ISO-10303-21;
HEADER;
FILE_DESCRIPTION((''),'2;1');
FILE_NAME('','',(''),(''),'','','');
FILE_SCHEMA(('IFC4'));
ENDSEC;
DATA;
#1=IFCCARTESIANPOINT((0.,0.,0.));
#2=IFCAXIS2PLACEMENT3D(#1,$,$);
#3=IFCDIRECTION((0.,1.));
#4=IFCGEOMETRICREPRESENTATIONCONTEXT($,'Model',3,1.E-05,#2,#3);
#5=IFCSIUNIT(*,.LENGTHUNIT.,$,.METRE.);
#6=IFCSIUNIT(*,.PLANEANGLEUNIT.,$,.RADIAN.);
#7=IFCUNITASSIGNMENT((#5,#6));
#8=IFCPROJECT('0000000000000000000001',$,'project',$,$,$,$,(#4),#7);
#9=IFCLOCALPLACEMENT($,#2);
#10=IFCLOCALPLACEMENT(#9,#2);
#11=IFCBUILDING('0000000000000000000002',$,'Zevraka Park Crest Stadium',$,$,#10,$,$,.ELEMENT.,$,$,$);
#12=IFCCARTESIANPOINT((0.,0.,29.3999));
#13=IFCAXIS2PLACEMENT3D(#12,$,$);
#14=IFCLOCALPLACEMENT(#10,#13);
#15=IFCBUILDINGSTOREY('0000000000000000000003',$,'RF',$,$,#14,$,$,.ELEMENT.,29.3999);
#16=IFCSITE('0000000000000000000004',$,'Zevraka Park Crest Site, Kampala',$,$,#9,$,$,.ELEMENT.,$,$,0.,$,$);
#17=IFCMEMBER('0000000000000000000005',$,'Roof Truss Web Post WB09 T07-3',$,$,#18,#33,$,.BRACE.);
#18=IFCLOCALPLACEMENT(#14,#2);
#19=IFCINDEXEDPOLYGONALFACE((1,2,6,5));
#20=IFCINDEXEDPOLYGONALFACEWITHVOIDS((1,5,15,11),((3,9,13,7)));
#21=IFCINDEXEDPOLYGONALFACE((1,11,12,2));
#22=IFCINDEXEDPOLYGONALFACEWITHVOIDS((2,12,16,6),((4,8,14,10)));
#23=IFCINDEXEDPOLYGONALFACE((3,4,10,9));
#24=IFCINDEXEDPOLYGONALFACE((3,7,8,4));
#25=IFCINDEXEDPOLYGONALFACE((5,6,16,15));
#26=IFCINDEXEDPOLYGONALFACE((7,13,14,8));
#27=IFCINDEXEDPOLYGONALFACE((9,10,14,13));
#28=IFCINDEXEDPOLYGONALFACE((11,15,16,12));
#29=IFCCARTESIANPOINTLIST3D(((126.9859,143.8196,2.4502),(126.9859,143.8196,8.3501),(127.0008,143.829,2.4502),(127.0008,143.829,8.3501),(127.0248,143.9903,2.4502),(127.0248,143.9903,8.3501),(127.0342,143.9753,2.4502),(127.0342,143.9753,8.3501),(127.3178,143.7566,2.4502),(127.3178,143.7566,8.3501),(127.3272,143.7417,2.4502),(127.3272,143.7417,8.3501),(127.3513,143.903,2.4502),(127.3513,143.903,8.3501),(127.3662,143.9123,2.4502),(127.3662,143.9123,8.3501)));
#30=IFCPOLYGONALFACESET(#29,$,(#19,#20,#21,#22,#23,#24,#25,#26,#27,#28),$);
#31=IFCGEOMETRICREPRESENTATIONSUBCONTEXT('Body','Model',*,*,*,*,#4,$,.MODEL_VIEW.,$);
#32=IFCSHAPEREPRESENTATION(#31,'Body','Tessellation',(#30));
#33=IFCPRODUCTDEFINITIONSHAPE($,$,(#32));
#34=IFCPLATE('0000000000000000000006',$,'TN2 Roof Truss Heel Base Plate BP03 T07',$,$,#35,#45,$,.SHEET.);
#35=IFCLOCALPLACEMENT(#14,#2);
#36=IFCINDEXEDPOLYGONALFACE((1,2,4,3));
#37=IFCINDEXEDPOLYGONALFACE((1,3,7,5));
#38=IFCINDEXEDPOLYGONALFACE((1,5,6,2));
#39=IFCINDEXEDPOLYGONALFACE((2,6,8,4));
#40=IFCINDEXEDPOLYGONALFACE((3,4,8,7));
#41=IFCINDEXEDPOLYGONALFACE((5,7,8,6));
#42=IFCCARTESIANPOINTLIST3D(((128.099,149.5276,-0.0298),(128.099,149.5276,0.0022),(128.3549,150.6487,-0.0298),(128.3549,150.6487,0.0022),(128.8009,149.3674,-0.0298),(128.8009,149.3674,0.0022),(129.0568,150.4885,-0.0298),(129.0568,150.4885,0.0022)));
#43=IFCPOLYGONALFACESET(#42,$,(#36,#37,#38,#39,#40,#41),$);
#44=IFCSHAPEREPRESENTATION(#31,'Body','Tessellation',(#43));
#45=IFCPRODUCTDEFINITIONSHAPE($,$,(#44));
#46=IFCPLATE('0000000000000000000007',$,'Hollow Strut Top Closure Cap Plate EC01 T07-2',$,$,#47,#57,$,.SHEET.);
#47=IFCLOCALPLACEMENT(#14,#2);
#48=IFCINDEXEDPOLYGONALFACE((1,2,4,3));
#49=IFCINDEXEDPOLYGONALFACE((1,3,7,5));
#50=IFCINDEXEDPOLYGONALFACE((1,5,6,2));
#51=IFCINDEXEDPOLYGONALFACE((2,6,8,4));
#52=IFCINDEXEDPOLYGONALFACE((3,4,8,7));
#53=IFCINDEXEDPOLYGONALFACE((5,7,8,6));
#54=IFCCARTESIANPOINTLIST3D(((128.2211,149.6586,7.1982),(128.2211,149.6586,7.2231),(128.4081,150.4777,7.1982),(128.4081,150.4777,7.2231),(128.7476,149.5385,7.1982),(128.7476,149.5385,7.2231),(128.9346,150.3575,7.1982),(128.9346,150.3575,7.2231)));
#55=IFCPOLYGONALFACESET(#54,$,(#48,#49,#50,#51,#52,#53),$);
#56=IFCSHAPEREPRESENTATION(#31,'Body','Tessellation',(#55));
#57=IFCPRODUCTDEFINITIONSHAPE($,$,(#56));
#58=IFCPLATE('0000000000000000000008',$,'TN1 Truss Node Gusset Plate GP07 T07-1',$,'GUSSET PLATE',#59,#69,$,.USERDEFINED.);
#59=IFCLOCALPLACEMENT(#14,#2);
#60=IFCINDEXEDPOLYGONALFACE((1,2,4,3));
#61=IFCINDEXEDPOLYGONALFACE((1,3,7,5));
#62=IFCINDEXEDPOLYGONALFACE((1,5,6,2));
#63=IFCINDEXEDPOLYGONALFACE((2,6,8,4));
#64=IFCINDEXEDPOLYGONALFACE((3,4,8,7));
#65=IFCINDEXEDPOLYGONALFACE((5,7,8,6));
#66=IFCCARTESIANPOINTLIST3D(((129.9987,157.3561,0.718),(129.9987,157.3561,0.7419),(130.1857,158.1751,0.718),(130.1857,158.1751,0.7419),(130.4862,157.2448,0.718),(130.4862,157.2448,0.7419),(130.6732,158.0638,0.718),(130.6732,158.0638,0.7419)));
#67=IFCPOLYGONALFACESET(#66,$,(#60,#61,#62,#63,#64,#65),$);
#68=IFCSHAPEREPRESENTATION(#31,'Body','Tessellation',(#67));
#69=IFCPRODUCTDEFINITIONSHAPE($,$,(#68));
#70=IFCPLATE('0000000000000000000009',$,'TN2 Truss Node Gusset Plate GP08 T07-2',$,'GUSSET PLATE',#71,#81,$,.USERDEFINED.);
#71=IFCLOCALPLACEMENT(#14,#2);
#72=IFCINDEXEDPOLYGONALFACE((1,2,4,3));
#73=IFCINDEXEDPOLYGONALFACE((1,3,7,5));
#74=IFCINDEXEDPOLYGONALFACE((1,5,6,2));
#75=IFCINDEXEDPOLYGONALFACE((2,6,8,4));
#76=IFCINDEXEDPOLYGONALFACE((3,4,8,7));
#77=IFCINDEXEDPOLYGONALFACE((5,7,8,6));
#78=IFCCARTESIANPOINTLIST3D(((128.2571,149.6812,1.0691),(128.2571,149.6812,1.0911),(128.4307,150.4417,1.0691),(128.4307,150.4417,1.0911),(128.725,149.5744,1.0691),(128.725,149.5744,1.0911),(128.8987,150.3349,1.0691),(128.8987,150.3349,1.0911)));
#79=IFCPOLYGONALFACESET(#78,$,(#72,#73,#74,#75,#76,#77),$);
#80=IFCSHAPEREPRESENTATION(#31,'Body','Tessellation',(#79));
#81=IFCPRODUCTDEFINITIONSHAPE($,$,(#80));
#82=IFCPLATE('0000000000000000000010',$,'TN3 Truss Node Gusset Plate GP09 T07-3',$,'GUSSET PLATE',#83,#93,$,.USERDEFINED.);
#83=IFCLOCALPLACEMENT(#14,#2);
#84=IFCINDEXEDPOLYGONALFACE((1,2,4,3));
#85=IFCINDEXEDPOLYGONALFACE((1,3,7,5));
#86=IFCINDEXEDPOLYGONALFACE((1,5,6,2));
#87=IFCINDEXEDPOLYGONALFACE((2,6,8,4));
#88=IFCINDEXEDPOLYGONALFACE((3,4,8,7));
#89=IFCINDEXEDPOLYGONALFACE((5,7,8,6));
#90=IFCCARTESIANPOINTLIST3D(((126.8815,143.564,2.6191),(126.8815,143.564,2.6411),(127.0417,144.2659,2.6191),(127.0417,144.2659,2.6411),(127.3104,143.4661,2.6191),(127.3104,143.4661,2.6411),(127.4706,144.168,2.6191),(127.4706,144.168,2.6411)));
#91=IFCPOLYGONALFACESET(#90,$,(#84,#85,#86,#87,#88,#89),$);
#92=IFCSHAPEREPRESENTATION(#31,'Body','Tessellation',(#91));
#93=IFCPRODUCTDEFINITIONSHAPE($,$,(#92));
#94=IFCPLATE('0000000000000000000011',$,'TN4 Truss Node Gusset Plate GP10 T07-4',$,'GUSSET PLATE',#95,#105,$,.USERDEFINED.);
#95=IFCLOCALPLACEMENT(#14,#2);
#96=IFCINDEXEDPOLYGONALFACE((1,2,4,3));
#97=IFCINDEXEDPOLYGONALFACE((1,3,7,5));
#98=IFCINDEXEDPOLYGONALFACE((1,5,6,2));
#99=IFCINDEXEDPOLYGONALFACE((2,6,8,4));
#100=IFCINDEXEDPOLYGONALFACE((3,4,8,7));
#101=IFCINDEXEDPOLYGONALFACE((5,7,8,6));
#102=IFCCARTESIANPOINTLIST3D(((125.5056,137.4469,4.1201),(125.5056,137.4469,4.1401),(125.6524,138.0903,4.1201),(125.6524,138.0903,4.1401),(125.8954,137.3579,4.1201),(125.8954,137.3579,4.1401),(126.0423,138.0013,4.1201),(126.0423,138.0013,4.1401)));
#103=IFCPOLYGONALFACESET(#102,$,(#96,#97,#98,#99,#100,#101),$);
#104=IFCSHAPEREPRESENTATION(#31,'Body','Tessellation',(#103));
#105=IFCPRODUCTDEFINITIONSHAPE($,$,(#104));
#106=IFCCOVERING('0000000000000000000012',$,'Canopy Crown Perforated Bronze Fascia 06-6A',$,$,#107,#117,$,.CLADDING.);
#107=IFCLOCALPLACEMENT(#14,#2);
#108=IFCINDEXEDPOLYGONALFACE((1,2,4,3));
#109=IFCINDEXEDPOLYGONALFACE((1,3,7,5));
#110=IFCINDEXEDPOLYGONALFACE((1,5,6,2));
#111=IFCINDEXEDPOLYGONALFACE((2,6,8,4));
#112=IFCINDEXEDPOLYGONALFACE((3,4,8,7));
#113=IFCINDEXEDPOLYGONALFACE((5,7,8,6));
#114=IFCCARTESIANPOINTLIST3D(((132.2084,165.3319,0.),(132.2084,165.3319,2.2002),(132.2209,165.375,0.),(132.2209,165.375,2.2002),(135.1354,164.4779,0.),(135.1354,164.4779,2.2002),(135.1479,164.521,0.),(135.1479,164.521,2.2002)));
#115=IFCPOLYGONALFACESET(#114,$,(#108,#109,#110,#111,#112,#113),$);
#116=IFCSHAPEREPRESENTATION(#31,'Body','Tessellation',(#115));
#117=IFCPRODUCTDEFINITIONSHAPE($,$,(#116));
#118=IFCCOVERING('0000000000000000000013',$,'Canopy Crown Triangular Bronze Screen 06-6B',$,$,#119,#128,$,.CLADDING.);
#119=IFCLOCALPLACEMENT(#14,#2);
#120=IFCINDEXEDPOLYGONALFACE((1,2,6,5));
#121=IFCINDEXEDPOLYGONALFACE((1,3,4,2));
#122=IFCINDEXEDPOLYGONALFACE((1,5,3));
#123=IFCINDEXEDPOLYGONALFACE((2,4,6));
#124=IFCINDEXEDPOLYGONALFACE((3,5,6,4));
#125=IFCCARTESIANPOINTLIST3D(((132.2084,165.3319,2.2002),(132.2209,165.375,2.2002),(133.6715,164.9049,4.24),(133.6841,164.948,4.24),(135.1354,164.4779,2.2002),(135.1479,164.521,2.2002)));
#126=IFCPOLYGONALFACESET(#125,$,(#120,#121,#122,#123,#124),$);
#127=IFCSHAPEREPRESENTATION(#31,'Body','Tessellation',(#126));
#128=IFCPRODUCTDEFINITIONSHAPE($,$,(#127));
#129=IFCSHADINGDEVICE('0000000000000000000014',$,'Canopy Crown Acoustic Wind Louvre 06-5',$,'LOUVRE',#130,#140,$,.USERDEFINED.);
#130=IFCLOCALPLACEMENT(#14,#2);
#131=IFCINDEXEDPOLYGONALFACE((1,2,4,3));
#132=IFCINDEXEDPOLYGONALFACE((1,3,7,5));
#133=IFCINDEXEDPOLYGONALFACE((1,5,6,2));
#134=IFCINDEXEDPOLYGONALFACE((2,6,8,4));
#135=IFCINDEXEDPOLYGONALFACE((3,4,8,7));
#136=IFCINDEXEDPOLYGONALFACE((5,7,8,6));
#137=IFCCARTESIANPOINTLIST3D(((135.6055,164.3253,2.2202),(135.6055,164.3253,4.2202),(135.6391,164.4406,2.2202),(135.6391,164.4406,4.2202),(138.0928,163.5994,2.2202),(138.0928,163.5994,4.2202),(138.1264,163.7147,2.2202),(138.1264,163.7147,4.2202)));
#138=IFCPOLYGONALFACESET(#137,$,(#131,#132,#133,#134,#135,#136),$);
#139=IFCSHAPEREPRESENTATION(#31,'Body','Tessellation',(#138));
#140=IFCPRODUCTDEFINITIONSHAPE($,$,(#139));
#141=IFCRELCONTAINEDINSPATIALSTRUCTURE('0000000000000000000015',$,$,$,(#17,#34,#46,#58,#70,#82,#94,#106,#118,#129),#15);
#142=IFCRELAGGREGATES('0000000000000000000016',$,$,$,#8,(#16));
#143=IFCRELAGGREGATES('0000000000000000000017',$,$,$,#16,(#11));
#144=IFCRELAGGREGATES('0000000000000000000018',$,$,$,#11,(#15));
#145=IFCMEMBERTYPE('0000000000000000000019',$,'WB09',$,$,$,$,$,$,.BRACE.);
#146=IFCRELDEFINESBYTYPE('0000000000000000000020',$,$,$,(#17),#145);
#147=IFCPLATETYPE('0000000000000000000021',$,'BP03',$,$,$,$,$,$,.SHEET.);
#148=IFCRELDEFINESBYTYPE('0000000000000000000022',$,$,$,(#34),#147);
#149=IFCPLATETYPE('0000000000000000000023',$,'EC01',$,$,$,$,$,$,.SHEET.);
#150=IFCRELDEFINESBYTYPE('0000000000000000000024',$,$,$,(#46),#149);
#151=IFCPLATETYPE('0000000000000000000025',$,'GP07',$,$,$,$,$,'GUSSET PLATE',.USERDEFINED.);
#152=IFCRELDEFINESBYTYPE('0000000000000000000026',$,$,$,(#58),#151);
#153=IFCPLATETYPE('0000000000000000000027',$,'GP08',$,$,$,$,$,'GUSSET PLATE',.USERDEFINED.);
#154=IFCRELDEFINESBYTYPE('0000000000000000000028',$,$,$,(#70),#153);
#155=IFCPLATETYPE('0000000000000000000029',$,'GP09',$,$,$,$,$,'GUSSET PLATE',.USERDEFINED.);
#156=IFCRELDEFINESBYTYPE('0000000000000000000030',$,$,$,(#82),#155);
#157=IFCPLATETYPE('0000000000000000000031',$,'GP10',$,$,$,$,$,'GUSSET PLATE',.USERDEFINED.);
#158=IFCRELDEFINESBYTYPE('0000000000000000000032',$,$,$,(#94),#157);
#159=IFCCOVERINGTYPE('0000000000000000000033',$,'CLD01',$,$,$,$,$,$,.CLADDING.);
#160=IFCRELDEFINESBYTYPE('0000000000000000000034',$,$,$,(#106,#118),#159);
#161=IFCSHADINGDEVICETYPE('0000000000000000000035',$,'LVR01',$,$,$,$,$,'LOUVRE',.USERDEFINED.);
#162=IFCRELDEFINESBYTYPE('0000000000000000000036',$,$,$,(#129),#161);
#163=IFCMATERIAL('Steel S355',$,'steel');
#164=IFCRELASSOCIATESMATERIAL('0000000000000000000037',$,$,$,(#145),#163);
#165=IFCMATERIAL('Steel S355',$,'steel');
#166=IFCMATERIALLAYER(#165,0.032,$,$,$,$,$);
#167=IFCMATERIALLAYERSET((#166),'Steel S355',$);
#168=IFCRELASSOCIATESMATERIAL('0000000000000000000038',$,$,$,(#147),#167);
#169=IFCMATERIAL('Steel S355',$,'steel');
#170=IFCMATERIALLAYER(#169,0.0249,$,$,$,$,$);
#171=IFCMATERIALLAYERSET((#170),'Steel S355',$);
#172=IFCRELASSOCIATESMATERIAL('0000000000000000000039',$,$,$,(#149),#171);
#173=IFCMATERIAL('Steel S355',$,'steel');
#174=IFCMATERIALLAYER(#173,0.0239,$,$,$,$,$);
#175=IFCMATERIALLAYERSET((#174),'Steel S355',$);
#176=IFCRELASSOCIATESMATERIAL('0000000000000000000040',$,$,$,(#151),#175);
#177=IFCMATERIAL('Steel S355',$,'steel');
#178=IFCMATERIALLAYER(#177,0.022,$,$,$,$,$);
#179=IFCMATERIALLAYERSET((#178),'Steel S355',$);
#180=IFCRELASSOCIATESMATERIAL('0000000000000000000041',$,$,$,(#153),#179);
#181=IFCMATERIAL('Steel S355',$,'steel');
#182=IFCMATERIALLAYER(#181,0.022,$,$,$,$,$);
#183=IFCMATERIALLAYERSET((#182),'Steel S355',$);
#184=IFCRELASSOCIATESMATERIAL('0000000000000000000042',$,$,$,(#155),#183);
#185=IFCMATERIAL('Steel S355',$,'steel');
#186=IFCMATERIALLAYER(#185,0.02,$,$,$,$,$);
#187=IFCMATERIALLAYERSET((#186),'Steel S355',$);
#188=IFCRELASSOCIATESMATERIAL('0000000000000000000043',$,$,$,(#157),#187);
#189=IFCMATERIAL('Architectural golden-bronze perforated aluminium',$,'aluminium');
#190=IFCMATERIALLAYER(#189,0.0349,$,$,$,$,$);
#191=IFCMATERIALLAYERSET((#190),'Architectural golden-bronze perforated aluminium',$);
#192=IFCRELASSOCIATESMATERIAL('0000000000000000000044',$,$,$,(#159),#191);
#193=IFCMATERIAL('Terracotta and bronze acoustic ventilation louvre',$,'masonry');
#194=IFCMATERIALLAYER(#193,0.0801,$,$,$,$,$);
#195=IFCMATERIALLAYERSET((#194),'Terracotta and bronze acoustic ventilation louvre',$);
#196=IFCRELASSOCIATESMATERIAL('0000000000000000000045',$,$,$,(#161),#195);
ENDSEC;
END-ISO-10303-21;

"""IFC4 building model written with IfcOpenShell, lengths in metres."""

from ifc_helpers import new_model, si_unit, direction, frame, origin, origin_2d, place, context, subcontext, project, spatial, polyline, rectangle, hollow_rectangle, outline, extrude, material, layer, layer_set, material_profile, profile_set, type_object, element, save


model = new_model("IFC4")

# Units and contexts
model_context = context("Model", 3, precision=1e-05, world=origin(), true_north=direction((0.0, 1.0)))
body_context = subcontext(model_context, "Body", "Model", "MODEL_VIEW")
ifc_project = project(units=[si_unit("LENGTHUNIT", "METRE"), si_unit("PLANEANGLEUNIT", "RADIAN")], contexts=[model_context])

# Site, building, storey
site_placement = place(None, origin())
site = spatial("IfcSite", under=ifc_project, at=site_placement, Name="Zevraka Park Crest Site, Kampala", CompositionType="ELEMENT", RefElevation=0.0)
building_placement = place(site_placement, origin())
building = spatial("IfcBuilding", under=site, at=building_placement, Name="Zevraka Park Crest Stadium", CompositionType="ELEMENT")
storey_placement = place(building_placement, frame((0.0, 0.0, 29.3999)))
storey = spatial("IfcBuildingStorey", under=building, at=storey_placement, Name="RF", CompositionType="ELEMENT", Elevation=29.3999)

# Member
ifc_material_1 = material(Name="Steel S355", Category="steel")
ifc_material_profile_1 = material_profile(ifc_material_1, hollow_rectangle(XDim=0.175, YDim=0.3501, WallThickness=0.0125, at=origin_2d()), Name="RHS 350x175x12.5")
ifc_profile_set_1 = profile_set([ifc_material_profile_1], Name="Steel S355")
member_type_1 = type_object("IfcMemberType", Name="WB09", PredefinedType="BRACE", material=ifc_profile_set_1)
member_1_placement = place(storey_placement, frame((127.176, 143.866, 2.4502), z_axis=(0.0, 0.0, 1.0), x_axis=(0.22257, 0.974917, 0.0)))
element("IfcMember", 1, at=member_1_placement, inside=storey, type_object=member_type_1, Name="Roof Truss Web Post WB09 T07-3", PredefinedType="BRACE", context=body_context, shape_type="SweptSolid", body=[
    extrude(hollow_rectangle(XDim=0.175, YDim=0.3501, WallThickness=0.0125, at=origin_2d()), origin(), (0.0, 0.0, 1.0), 5.8999),
])

# Plates
ifc_material_2 = material(Name="Steel S355", Category="steel")
ifc_layer_1 = layer(ifc_material_2, 0.032)
ifc_layer_set_1 = layer_set([ifc_layer_1], Name="Steel S355")
plate_type_1 = type_object("IfcPlateType", Name="BP03", PredefinedType="SHEET", material=ifc_layer_set_1)
plate_1_placement = place(storey_placement, frame((128.5779, 150.0081, -0.0298), z_axis=(0.0, 0.0, 1.0), x_axis=(0.22257, 0.974917, 0.0)))
element("IfcPlate", 2, at=plate_1_placement, inside=storey, type_object=plate_type_1, Name="TN2 Roof Truss Heel Base Plate BP03 T07", PredefinedType="SHEET", context=body_context, shape_type="SweptSolid", body=[
    extrude(rectangle(XDim=1.1499, YDim=0.72, at=origin_2d()), origin(), (0.0, 0.0, 1.0), 0.032),
])
ifc_material_3 = material(Name="Steel S355", Category="steel")
ifc_layer_2 = layer(ifc_material_3, 0.0249)
ifc_layer_set_2 = layer_set([ifc_layer_2], Name="Steel S355")
plate_type_2 = type_object("IfcPlateType", Name="EC01", PredefinedType="SHEET", material=ifc_layer_set_2)
plate_2_placement = place(storey_placement, frame((128.5779, 150.0081, 7.1982), z_axis=(0.0, 0.0, 1.0), x_axis=(0.22257, 0.974917, 0.0)))
element("IfcPlate", 3, at=plate_2_placement, inside=storey, type_object=plate_type_2, Name="Hollow Strut Top Closure Cap Plate EC01 T07-2", PredefinedType="SHEET", context=body_context, shape_type="SweptSolid", body=[
    extrude(rectangle(XDim=0.8401, YDim=0.54, at=origin_2d()), origin(), (0.0, 0.0, 1.0), 0.0249),
])
ifc_material_4 = material(Name="Steel S355", Category="steel")
ifc_layer_3 = layer(ifc_material_4, 0.0239)
ifc_layer_set_3 = layer_set([ifc_layer_3], Name="Steel S355")
plate_type_3 = type_object("IfcPlateType", Name="GP07", ElementType="GUSSET PLATE", PredefinedType="USERDEFINED", material=ifc_layer_set_3)
plate_3_placement = place(storey_placement, frame((130.3359, 157.71, 0.718), z_axis=(0.0, 0.0, 1.0), x_axis=(0.22257, 0.974917, 0.0)))
element("IfcPlate", 4, at=plate_3_placement, inside=storey, type_object=plate_type_3, Name="TN1 Truss Node Gusset Plate GP07 T07-1", ObjectType="GUSSET PLATE", PredefinedType="USERDEFINED", context=body_context, shape_type="SweptSolid", body=[
    extrude(rectangle(XDim=0.8401, YDim=0.5, at=origin_2d()), origin(), (0.0, 0.0, 1.0), 0.0239),
])
ifc_material_5 = material(Name="Steel S355", Category="steel")
ifc_layer_4 = layer(ifc_material_5, 0.022)
ifc_layer_set_4 = layer_set([ifc_layer_4], Name="Steel S355")
plate_type_4 = type_object("IfcPlateType", Name="GP08", ElementType="GUSSET PLATE", PredefinedType="USERDEFINED", material=ifc_layer_set_4)
plate_4_placement = place(storey_placement, frame((128.5779, 150.0081, 1.0691), z_axis=(0.0, 0.0, 1.0), x_axis=(0.22257, 0.974917, 0.0)))
element("IfcPlate", 5, at=plate_4_placement, inside=storey, type_object=plate_type_4, Name="TN2 Truss Node Gusset Plate GP08 T07-2", ObjectType="GUSSET PLATE", PredefinedType="USERDEFINED", context=body_context, shape_type="SweptSolid", body=[
    extrude(rectangle(XDim=0.78, YDim=0.48, at=origin_2d()), origin(), (0.0, 0.0, 1.0), 0.022),
])
ifc_material_6 = material(Name="Steel S355", Category="steel")
ifc_layer_5 = layer(ifc_material_6, 0.022)
ifc_layer_set_5 = layer_set([ifc_layer_5], Name="Steel S355")
plate_type_5 = type_object("IfcPlateType", Name="GP09", ElementType="GUSSET PLATE", PredefinedType="USERDEFINED", material=ifc_layer_set_5)
plate_5_placement = place(storey_placement, frame((127.176, 143.866, 2.6191), z_axis=(0.0, 0.0, 1.0), x_axis=(0.22257, 0.974917, 0.0)))
element("IfcPlate", 6, at=plate_5_placement, inside=storey, type_object=plate_type_5, Name="TN3 Truss Node Gusset Plate GP09 T07-3", ObjectType="GUSSET PLATE", PredefinedType="USERDEFINED", context=body_context, shape_type="SweptSolid", body=[
    extrude(rectangle(XDim=0.72, YDim=0.4399, at=origin_2d()), origin(), (0.0, 0.0, 1.0), 0.022),
])
ifc_material_7 = material(Name="Steel S355", Category="steel")
ifc_layer_6 = layer(ifc_material_7, 0.02)
ifc_layer_set_6 = layer_set([ifc_layer_6], Name="Steel S355")
plate_type_6 = type_object("IfcPlateType", Name="GP10", ElementType="GUSSET PLATE", PredefinedType="USERDEFINED", material=ifc_layer_set_6)
plate_6_placement = place(storey_placement, frame((125.7739, 137.7241, 4.1201), z_axis=(0.0, 0.0, 1.0), x_axis=(0.22257, 0.974917, 0.0)))
element("IfcPlate", 7, at=plate_6_placement, inside=storey, type_object=plate_type_6, Name="TN4 Truss Node Gusset Plate GP10 T07-4", ObjectType="GUSSET PLATE", PredefinedType="USERDEFINED", context=body_context, shape_type="SweptSolid", body=[
    extrude(rectangle(XDim=0.6599, YDim=0.3999, at=origin_2d()), origin(), (0.0, 0.0, 1.0), 0.02),
])

# Coverings
ifc_material_8 = material(Name="Architectural golden-bronze perforated aluminium", Category="aluminium")
ifc_layer_7 = layer(ifc_material_8, 0.0349)
ifc_layer_set_7 = layer_set([ifc_layer_7], Name="Architectural golden-bronze perforated aluminium")
covering_type = type_object("IfcCoveringType", Name="CLD01", PredefinedType="CLADDING", material=ifc_layer_set_7)
covering_1_placement = place(storey_placement, frame((135.1479, 164.521, 0.0), z_axis=(0.280089, 0.959974, 0.0), x_axis=(-0.959974, 0.280089, 0.0)))
element("IfcCovering", 8, at=covering_1_placement, inside=storey, type_object=covering_type, Name="Canopy Crown Perforated Bronze Fascia 06-6A", PredefinedType="CLADDING", context=body_context, shape_type="SweptSolid", body=[
    extrude(outline(polyline([(0.0, 0.0), (3.049, 0.0), (3.049, 2.2002), (0.0, 2.2002), (0.0, 0.0)])), origin(), (0.0, 0.0, -1.0), 0.0449),
])
covering_2_placement = place(storey_placement, frame((135.1479, 164.521, 2.2002), z_axis=(0.280089, 0.959974, 0.00005), x_axis=(-0.959974, 0.280089, 0.0)))
element("IfcCovering", 9, at=covering_2_placement, inside=storey, type_object=covering_type, Name="Canopy Crown Triangular Bronze Screen 06-6B", PredefinedType="CLADDING", context=body_context, shape_type="SweptSolid", body=[
    extrude(outline(polyline([(0.0, 0.0), (3.049, 0.0), (1.5249, 2.0398), (0.0, 0.0)])), origin(), (0.0, 0.0, -1.0), 0.0449),
])

# Shading device
ifc_material_9 = material(Name="Terracotta and bronze acoustic ventilation louvre", Category="masonry")
ifc_layer_8 = layer(ifc_material_9, 0.0801)
ifc_layer_set_8 = layer_set([ifc_layer_8], Name="Terracotta and bronze acoustic ventilation louvre")
shading_device_type = type_object("IfcShadingDeviceType", Name="LVR01", ElementType="LOUVRE", PredefinedType="USERDEFINED", material=ifc_layer_set_8)
shading_device_placement = place(storey_placement, frame((136.866, 164.02, 2.2202), z_axis=(0.0, 0.0, 1.0), x_axis=(-0.959952, 0.280164, 0.0)))
element("IfcShadingDevice", 10, at=shading_device_placement, inside=storey, type_object=shading_device_type, Name="Canopy Crown Acoustic Wind Louvre 06-5", ObjectType="LOUVRE", PredefinedType="USERDEFINED", context=body_context, shape_type="SweptSolid", body=[
    extrude(rectangle(XDim=2.5911, YDim=0.1201, at=origin_2d()), origin(), (0.0, 0.0, 1.0), 2.0),
])

save(model, "model.ifc")
